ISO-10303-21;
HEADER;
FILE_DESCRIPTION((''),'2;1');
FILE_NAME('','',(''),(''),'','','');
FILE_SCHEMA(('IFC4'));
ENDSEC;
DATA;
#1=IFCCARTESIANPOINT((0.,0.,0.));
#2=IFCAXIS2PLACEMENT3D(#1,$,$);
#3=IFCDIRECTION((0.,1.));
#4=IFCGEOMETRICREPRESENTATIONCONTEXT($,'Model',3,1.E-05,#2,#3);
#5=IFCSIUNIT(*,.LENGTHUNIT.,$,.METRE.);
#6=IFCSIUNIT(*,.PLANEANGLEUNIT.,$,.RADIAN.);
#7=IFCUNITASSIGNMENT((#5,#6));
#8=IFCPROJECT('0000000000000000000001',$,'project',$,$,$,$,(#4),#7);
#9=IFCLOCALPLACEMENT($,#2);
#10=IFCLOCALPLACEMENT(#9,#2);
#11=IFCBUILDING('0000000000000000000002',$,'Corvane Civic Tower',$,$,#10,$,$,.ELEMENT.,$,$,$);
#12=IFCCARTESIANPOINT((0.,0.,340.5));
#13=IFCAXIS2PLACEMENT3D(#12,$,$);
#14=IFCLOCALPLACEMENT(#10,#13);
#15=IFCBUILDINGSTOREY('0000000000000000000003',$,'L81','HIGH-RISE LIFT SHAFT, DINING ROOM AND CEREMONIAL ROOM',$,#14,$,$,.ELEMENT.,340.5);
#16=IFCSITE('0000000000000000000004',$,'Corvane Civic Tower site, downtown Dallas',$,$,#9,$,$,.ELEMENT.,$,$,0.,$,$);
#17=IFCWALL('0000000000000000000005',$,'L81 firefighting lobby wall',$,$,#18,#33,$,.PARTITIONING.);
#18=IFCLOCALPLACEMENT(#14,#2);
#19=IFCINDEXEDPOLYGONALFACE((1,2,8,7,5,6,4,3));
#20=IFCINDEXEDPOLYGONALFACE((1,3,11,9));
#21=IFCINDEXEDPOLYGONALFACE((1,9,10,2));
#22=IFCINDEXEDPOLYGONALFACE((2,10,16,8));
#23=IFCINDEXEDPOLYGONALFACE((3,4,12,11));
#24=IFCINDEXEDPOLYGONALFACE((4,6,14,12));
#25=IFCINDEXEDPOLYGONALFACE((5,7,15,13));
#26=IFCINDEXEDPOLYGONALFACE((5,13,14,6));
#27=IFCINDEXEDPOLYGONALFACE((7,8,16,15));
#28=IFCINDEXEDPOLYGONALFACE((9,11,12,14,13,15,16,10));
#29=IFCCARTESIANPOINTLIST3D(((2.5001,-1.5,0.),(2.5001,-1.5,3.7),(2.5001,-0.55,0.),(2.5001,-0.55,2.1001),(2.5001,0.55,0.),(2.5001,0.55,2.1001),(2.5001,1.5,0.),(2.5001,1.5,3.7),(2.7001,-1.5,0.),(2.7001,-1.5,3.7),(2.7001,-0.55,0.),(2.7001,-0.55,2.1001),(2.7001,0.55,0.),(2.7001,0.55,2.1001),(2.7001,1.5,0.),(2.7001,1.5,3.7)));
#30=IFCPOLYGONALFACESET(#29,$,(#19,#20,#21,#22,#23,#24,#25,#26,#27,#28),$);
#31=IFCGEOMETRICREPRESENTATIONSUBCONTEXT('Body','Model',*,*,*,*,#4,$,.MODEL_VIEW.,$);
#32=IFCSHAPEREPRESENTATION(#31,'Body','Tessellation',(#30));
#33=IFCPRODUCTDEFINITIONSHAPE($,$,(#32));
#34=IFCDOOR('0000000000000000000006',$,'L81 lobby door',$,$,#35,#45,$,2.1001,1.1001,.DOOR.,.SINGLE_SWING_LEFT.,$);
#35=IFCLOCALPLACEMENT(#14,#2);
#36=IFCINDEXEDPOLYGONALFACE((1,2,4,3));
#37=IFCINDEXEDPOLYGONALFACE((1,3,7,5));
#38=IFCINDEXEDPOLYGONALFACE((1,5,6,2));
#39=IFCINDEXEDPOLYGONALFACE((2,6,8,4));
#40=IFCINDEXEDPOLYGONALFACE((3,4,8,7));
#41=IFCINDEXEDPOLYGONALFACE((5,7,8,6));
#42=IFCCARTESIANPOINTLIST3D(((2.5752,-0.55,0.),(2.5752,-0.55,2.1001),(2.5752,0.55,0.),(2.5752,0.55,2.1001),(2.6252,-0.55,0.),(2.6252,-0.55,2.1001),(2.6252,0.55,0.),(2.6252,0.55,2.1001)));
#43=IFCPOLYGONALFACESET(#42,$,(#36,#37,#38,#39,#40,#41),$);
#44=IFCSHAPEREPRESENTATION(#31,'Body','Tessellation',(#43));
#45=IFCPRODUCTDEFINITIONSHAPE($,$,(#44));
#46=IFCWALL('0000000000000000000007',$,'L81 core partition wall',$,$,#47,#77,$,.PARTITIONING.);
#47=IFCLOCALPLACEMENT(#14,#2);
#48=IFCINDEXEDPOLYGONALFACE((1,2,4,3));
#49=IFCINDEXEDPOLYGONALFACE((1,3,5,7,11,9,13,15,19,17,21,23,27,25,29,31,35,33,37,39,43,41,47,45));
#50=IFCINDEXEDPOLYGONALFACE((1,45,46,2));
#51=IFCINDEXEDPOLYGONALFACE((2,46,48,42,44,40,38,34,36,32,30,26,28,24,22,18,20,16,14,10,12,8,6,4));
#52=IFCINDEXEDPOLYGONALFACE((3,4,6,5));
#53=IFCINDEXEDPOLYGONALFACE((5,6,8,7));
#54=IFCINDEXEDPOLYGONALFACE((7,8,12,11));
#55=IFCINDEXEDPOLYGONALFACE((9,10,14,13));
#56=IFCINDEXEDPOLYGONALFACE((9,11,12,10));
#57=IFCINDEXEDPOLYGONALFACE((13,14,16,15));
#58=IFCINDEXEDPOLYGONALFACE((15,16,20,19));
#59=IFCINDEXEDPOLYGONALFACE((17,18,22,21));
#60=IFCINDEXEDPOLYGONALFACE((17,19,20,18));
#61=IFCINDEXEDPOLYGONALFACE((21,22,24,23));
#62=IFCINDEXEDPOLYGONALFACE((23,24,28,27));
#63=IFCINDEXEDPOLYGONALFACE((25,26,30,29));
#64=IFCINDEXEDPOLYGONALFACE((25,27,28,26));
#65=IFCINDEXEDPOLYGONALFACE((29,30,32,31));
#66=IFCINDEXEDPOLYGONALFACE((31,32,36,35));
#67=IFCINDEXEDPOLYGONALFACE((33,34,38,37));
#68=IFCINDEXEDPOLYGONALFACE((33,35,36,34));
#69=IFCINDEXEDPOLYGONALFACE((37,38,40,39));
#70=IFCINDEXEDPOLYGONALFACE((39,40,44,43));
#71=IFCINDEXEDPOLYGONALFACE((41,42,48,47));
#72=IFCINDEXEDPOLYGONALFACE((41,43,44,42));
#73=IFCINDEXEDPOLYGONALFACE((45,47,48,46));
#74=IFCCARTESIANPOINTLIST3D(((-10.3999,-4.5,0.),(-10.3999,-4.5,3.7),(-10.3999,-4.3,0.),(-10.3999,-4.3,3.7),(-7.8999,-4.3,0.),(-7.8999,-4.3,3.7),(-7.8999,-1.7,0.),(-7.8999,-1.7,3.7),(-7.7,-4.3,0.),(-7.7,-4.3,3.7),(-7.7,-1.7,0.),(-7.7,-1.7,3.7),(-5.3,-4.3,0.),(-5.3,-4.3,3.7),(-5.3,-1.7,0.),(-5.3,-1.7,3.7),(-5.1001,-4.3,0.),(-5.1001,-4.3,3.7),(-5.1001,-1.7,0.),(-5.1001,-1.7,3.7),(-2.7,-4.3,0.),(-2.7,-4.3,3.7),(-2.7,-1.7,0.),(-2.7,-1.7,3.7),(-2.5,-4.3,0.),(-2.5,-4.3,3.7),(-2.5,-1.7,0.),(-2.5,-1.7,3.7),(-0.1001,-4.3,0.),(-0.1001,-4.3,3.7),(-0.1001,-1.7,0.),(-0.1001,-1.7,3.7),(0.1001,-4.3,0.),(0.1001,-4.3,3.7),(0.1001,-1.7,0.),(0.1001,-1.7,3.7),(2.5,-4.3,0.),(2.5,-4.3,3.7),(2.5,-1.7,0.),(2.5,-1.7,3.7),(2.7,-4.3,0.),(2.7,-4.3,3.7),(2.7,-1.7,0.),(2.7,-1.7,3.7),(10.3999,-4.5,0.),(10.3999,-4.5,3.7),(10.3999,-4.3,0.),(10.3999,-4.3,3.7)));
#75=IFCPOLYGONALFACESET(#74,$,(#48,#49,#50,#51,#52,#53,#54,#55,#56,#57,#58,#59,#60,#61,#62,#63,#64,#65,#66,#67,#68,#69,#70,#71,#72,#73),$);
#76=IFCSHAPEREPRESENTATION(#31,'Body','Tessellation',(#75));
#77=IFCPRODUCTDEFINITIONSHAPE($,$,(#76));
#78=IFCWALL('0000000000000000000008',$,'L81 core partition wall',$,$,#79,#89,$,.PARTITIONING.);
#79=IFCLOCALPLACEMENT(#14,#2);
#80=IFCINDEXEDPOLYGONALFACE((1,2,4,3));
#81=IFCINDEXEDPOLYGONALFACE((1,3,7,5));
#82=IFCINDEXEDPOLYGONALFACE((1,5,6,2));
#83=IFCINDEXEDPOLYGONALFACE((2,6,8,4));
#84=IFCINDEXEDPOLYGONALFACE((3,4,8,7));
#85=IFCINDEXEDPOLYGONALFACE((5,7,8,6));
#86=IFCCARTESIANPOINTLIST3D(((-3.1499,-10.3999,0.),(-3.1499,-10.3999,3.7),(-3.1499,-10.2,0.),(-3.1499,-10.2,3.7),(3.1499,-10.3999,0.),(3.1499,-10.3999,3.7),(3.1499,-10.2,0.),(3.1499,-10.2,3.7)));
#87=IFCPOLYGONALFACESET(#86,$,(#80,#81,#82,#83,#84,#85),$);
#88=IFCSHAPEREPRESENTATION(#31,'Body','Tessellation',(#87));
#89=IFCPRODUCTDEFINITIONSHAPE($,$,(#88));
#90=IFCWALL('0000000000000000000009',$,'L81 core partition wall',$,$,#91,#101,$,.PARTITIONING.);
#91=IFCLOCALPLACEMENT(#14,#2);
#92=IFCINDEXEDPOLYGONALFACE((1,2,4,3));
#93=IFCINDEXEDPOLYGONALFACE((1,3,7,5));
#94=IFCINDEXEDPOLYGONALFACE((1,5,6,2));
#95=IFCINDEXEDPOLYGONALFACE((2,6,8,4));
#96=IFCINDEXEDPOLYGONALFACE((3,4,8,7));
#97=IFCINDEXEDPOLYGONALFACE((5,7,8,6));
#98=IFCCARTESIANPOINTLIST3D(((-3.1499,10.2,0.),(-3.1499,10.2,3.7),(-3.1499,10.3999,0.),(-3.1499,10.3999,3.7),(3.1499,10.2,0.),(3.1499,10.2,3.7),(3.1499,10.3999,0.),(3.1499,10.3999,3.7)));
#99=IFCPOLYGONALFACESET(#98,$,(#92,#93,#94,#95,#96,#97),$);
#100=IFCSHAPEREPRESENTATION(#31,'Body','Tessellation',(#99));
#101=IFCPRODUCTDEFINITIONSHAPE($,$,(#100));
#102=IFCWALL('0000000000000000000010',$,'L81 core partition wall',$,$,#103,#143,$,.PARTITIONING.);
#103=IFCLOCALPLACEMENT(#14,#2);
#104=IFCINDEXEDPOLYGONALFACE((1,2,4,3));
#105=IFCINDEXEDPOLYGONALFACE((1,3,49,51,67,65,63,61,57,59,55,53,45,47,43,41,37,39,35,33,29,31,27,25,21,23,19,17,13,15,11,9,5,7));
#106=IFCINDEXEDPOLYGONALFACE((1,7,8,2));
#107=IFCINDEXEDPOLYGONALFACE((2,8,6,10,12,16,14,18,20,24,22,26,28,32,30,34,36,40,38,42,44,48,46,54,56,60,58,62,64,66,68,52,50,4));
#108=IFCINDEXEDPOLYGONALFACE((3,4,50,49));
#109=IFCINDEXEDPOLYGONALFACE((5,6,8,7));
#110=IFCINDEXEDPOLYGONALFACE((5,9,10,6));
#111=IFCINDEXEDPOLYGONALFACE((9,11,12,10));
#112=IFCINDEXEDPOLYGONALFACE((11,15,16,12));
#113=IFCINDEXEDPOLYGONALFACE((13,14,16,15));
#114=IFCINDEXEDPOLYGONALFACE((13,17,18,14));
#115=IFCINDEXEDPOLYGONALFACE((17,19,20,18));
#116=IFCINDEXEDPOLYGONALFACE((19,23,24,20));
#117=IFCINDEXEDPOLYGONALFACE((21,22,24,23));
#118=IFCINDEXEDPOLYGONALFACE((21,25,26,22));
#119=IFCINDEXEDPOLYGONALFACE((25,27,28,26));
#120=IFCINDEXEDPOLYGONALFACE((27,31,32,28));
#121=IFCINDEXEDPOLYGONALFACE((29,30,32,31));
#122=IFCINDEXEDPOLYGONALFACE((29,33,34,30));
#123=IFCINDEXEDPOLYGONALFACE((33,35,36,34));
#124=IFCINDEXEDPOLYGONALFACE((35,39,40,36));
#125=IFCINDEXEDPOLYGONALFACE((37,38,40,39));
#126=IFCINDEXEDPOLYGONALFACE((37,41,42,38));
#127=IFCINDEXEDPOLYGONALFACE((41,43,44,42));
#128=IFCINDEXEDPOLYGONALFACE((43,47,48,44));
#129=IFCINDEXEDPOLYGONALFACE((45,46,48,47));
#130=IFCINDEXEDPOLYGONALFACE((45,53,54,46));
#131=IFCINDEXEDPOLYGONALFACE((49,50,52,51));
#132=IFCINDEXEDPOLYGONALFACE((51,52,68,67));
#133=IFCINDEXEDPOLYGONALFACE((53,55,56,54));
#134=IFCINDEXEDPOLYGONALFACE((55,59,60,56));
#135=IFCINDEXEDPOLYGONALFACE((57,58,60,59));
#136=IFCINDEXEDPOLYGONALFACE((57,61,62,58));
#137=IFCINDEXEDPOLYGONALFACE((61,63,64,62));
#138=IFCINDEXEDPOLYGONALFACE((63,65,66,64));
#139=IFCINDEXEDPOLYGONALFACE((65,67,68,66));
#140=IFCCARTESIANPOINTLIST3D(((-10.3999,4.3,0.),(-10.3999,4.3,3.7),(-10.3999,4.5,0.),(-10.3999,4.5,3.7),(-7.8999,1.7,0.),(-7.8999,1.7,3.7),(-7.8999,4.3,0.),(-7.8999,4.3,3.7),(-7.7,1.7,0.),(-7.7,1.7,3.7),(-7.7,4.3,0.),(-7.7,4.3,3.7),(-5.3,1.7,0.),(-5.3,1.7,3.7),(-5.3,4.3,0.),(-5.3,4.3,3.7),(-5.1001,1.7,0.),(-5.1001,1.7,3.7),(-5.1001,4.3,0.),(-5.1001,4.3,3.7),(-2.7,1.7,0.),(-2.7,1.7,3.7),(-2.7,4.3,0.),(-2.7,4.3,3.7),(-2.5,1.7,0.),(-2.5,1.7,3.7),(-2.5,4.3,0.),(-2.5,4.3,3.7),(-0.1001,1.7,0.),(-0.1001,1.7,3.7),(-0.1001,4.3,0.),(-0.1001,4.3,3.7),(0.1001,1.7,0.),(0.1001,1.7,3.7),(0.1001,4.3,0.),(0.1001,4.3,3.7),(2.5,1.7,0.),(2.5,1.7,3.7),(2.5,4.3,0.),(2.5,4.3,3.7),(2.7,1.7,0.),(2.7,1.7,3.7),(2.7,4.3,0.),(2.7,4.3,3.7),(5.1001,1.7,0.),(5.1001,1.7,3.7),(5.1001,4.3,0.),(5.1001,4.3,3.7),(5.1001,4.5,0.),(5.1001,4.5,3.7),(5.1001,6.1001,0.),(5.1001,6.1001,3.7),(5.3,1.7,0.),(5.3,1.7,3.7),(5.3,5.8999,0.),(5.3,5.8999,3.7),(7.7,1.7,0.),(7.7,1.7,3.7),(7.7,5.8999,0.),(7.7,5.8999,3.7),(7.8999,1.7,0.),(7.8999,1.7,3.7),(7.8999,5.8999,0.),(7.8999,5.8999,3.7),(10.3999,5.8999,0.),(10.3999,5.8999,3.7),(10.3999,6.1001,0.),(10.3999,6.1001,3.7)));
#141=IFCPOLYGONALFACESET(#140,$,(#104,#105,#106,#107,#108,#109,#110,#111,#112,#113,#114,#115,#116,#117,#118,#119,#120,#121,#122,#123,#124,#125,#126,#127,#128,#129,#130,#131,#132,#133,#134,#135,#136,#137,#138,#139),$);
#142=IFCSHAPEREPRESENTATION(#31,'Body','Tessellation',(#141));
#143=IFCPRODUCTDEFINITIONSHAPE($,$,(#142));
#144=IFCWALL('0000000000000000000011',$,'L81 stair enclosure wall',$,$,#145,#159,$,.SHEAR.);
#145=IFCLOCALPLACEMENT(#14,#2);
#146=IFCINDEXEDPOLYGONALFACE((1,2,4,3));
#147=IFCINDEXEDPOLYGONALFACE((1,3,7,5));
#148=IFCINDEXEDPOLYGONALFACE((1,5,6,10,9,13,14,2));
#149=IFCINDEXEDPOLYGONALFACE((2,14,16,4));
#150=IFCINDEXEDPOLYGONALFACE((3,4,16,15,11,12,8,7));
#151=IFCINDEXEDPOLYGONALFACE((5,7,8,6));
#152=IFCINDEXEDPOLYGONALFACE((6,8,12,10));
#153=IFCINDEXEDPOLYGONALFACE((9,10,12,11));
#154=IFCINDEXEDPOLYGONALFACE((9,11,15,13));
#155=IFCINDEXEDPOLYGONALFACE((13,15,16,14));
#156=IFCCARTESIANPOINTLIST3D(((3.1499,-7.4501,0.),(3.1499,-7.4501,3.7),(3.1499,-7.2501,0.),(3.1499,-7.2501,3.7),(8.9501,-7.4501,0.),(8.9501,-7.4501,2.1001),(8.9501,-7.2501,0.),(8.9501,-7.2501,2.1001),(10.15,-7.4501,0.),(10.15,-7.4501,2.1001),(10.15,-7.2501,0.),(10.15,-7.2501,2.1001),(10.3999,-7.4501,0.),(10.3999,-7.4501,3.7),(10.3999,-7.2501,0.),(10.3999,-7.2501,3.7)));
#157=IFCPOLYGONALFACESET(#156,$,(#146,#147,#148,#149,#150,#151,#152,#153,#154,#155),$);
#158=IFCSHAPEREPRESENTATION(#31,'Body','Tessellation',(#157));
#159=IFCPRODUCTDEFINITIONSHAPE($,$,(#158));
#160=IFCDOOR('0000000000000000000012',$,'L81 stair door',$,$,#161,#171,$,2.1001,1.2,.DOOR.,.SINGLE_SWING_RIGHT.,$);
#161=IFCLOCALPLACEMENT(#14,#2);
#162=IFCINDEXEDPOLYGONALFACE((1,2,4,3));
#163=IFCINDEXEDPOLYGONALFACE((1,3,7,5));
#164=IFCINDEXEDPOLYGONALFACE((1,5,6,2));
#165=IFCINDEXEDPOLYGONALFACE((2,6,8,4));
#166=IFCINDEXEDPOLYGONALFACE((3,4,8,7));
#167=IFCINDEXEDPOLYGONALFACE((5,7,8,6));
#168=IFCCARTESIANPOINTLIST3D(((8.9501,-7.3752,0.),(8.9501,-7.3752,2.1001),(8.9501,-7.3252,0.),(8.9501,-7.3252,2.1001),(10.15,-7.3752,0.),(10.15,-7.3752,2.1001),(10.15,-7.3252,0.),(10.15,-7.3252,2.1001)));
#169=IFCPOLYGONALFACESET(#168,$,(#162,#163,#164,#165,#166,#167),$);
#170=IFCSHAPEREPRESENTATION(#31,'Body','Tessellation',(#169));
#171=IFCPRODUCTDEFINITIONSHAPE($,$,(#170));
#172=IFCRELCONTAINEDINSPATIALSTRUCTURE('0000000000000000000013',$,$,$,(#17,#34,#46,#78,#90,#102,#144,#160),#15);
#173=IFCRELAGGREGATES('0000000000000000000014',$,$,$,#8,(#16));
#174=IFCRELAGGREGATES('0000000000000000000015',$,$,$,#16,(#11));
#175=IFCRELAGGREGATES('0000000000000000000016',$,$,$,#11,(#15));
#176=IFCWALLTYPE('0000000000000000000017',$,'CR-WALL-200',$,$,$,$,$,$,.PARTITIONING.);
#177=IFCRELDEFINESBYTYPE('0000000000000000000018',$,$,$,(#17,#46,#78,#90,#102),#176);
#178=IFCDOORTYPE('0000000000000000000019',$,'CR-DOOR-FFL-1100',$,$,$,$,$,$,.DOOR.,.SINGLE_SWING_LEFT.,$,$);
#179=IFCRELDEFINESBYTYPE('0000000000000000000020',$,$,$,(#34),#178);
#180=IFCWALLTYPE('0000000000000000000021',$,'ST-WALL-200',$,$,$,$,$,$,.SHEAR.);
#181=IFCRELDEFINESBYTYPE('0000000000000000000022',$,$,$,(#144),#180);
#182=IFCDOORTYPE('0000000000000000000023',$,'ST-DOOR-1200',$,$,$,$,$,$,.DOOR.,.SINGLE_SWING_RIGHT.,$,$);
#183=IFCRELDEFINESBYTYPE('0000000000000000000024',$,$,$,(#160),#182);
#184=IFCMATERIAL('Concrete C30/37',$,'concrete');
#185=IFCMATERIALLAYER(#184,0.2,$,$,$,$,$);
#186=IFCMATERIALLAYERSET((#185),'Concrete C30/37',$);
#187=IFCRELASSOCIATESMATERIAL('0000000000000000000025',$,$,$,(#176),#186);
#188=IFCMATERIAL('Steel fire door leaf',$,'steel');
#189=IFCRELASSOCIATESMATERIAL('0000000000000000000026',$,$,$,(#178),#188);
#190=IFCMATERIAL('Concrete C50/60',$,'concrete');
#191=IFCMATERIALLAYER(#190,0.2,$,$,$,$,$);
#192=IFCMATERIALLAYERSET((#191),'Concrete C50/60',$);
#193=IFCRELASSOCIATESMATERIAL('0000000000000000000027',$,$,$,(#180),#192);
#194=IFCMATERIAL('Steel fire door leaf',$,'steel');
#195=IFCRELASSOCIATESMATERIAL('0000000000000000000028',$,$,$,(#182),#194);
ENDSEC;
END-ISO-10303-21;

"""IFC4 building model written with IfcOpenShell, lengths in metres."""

from ifc_helpers import new_model, si_unit, direction, frame, frame_2d, origin, place, context, subcontext, project, spatial, polyline, rectangle, outline, extrude, material, layer, layer_set, type_object, element, fill, save


model = new_model("IFC4")

# Units and contexts
model_context = context("Model", 3, precision=1e-05, world=origin(), true_north=direction((0.0, 1.0)))
body_context = subcontext(model_context, "Body", "Model", "MODEL_VIEW")
ifc_project = project(units=[si_unit("LENGTHUNIT", "METRE"), si_unit("PLANEANGLEUNIT", "RADIAN")], contexts=[model_context])

# Site, building, storey
site_placement = place(None, origin())
site = spatial("IfcSite", under=ifc_project, at=site_placement, Name="Corvane Civic Tower site, downtown Dallas", CompositionType="ELEMENT", RefElevation=0.0)
building_placement = place(site_placement, origin())
building = spatial("IfcBuilding", under=site, at=building_placement, Name="Corvane Civic Tower", CompositionType="ELEMENT")
storey_placement = place(building_placement, frame((0.0, 0.0, 340.5)))
storey = spatial("IfcBuildingStorey", under=building, at=storey_placement, Name="L81", Description="HIGH-RISE LIFT SHAFT, DINING ROOM AND CEREMONIAL ROOM", CompositionType="ELEMENT", Elevation=340.5)

# Wall, opening, door
ifc_material_1 = material(Name="Concrete C30/37", Category="concrete")
ifc_layer_1 = layer(ifc_material_1, 0.2)
ifc_layer_set_1 = layer_set([ifc_layer_1], Name="Concrete C30/37")
wall_type_1 = type_object("IfcWallType", Name="CR-WALL-200", PredefinedType="PARTITIONING", material=ifc_layer_set_1)
wall_1_placement = place(storey_placement, frame((2.6001, -1.5, 0.0), z_axis=(0.0, 0.0, 1.0), x_axis=(0.0, 1.0, 0.0)))
wall_1 = element("IfcWall", 1, at=wall_1_placement, inside=storey, type_object=wall_type_1, Name="L81 firefighting lobby wall", PredefinedType="PARTITIONING", context=body_context, shape_type="SweptSolid", body=[
    extrude(rectangle(XDim=3.0, YDim=0.2, at=frame_2d((1.5, 0.0))), origin(), (0.0, 0.0, 1.0), 3.7),
])
opening_1_placement = place(wall_1_placement, frame((0.95, 0.0, 0.0)))
opening_1 = element("IfcOpeningElement", 2, at=opening_1_placement, cuts=wall_1, PredefinedType="OPENING", context=body_context, shape_type="SweptSolid", body=[
    extrude(rectangle(XDim=1.1001, YDim=2.1001, at=frame_2d((0.55, 1.05))), frame((0.0, 0.1099, 0.0), z_axis=(0.0, -1.0, 0.0), x_axis=(1.0, 0.0, 0.0)), (0.0, 0.0, 1.0), 0.22),
])
ifc_material_2 = material(Name="Steel fire door leaf", Category="steel")
door_type_1 = type_object("IfcDoorType", Name="CR-DOOR-FFL-1100", OperationType="SINGLE_SWING_LEFT", PredefinedType="DOOR", material=ifc_material_2)
door_1_placement = place(opening_1_placement, origin())
door_1 = element("IfcDoor", 3, at=door_1_placement, inside=storey, type_object=door_type_1, Name="L81 lobby door", OperationType="SINGLE_SWING_LEFT", OverallHeight=2.1001, OverallWidth=1.1001, PredefinedType="DOOR", context=body_context, shape_type="SweptSolid", body=[
    extrude(rectangle(XDim=1.1001, YDim=2.1001, at=frame_2d((0.55, 1.05))), frame((0.0, 0.0249, 0.0), z_axis=(0.0, -1.0, 0.0), x_axis=(1.0, 0.0, 0.0)), (0.0, 0.0, 1.0), 0.05),
])
fill(opening_1, door_1)

# Walls
wall_2_placement = place(storey_placement, origin())
element("IfcWall", 4, at=wall_2_placement, inside=storey, type_object=wall_type_1, Name="L81 core partition wall", PredefinedType="PARTITIONING", context=body_context, shape_type="SweptSolid", body=[
    extrude(outline(polyline([(-7.8999, -4.3), (-7.8999, -1.7), (-7.7, -1.7), (-7.7, -4.3), (-5.3, -4.3), (-5.3, -1.7), (-5.1001, -1.7), (-5.1001, -4.3), (-2.7, -4.3), (-2.7, -1.7), (-2.5, -1.7), (-2.5, -4.3), (-0.1001, -4.3), (-0.1001, -1.7), (0.1001, -1.7), (0.1001, -4.3), (2.5, -4.3), (2.5, -1.7), (2.7, -1.7), (2.7, -4.3), (10.3999, -4.3), (10.3999, -4.5), (-10.3999, -4.5), (-10.3999, -4.3), (-7.8999, -4.3)])), origin(), (0.0, 0.0, 1.0), 3.7),
])
wall_3_placement = place(storey_placement, origin())
element("IfcWall", 5, at=wall_3_placement, inside=storey, type_object=wall_type_1, Name="L81 core partition wall", PredefinedType="PARTITIONING", context=body_context, shape_type="SweptSolid", body=[
    extrude(outline(polyline([(3.1499, -10.2), (3.1499, -10.3999), (-3.1499, -10.3999), (-3.1499, -10.2), (3.1499, -10.2)])), origin(), (0.0, 0.0, 1.0), 3.7),
])
wall_4_placement = place(storey_placement, origin())
element("IfcWall", 6, at=wall_4_placement, inside=storey, type_object=wall_type_1, Name="L81 core partition wall", PredefinedType="PARTITIONING", context=body_context, shape_type="SweptSolid", body=[
    extrude(outline(polyline([(3.1499, 10.2), (-3.1499, 10.2), (-3.1499, 10.3999), (3.1499, 10.3999), (3.1499, 10.2)])), origin(), (0.0, 0.0, 1.0), 3.7),
])
wall_5_placement = place(storey_placement, origin())
element("IfcWall", 7, at=wall_5_placement, inside=storey, type_object=wall_type_1, Name="L81 core partition wall", PredefinedType="PARTITIONING", context=body_context, shape_type="SweptSolid", body=[
    extrude(outline(polyline([(-10.3999, 4.3), (-10.3999, 4.5), (5.1001, 4.5), (5.1001, 6.1001), (10.3999, 6.1001), (10.3999, 5.8999), (7.8999, 5.8999), (7.8999, 1.7), (7.7, 1.7), (7.7, 5.8999), (5.3, 5.8999), (5.3, 1.7), (5.1001, 1.7), (5.1001, 4.3), (2.7, 4.3), (2.7, 1.7), (2.5, 1.7), (2.5, 4.3), (0.1001, 4.3), (0.1001, 1.7), (-0.1001, 1.7), (-0.1001, 4.3), (-2.5, 4.3), (-2.5, 1.7), (-2.7, 1.7), (-2.7, 4.3), (-5.1001, 4.3), (-5.1001, 1.7), (-5.3, 1.7), (-5.3, 4.3), (-7.7, 4.3), (-7.7, 1.7), (-7.8999, 1.7), (-7.8999, 4.3), (-10.3999, 4.3)])), origin(), (0.0, 0.0, 1.0), 3.7),
])

# Wall, opening, door
ifc_material_3 = material(Name="Concrete C50/60", Category="concrete")
ifc_layer_2 = layer(ifc_material_3, 0.2)
ifc_layer_set_2 = layer_set([ifc_layer_2], Name="Concrete C50/60")
wall_type_2 = type_object("IfcWallType", Name="ST-WALL-200", PredefinedType="SHEAR", material=ifc_layer_set_2)
wall_6_placement = place(storey_placement, frame((3.1499, -7.3501, 0.0), z_axis=(0.0, 0.0, 1.0), x_axis=(1.0, 0.0, 0.0)))
wall_6 = element("IfcWall", 8, at=wall_6_placement, inside=storey, type_object=wall_type_2, Name="L81 stair enclosure wall", PredefinedType="SHEAR", context=body_context, shape_type="SweptSolid", body=[
    extrude(rectangle(XDim=7.25, YDim=0.2, at=frame_2d((3.625, 0.0))), origin(), (0.0, 0.0, 1.0), 3.7),
])
opening_2_placement = place(wall_6_placement, frame((5.8, 0.0, 0.0)))
opening_2 = element("IfcOpeningElement", 9, at=opening_2_placement, cuts=wall_6, PredefinedType="OPENING", context=body_context, shape_type="SweptSolid", body=[
    extrude(rectangle(XDim=1.2, YDim=2.1001, at=frame_2d((0.6001, 1.05))), frame((0.0, 0.1099, 0.0), z_axis=(0.0, -1.0, 0.0), x_axis=(1.0, 0.0, 0.0)), (0.0, 0.0, 1.0), 0.22),
])
ifc_material_4 = material(Name="Steel fire door leaf", Category="steel")
door_type_2 = type_object("IfcDoorType", Name="ST-DOOR-1200", OperationType="SINGLE_SWING_RIGHT", PredefinedType="DOOR", material=ifc_material_4)
door_2_placement = place(opening_2_placement, origin())
door_2 = element("IfcDoor", 10, at=door_2_placement, inside=storey, type_object=door_type_2, Name="L81 stair door", OperationType="SINGLE_SWING_RIGHT", OverallHeight=2.1001, OverallWidth=1.2, PredefinedType="DOOR", context=body_context, shape_type="SweptSolid", body=[
    extrude(rectangle(XDim=1.2, YDim=2.1001, at=frame_2d((0.6001, 1.05))), frame((0.0, 0.0249, 0.0), z_axis=(0.0, -1.0, 0.0), x_axis=(1.0, 0.0, 0.0)), (0.0, 0.0, 1.0), 0.05),
])
fill(opening_2, door_2)

save(model, "model.ifc")
